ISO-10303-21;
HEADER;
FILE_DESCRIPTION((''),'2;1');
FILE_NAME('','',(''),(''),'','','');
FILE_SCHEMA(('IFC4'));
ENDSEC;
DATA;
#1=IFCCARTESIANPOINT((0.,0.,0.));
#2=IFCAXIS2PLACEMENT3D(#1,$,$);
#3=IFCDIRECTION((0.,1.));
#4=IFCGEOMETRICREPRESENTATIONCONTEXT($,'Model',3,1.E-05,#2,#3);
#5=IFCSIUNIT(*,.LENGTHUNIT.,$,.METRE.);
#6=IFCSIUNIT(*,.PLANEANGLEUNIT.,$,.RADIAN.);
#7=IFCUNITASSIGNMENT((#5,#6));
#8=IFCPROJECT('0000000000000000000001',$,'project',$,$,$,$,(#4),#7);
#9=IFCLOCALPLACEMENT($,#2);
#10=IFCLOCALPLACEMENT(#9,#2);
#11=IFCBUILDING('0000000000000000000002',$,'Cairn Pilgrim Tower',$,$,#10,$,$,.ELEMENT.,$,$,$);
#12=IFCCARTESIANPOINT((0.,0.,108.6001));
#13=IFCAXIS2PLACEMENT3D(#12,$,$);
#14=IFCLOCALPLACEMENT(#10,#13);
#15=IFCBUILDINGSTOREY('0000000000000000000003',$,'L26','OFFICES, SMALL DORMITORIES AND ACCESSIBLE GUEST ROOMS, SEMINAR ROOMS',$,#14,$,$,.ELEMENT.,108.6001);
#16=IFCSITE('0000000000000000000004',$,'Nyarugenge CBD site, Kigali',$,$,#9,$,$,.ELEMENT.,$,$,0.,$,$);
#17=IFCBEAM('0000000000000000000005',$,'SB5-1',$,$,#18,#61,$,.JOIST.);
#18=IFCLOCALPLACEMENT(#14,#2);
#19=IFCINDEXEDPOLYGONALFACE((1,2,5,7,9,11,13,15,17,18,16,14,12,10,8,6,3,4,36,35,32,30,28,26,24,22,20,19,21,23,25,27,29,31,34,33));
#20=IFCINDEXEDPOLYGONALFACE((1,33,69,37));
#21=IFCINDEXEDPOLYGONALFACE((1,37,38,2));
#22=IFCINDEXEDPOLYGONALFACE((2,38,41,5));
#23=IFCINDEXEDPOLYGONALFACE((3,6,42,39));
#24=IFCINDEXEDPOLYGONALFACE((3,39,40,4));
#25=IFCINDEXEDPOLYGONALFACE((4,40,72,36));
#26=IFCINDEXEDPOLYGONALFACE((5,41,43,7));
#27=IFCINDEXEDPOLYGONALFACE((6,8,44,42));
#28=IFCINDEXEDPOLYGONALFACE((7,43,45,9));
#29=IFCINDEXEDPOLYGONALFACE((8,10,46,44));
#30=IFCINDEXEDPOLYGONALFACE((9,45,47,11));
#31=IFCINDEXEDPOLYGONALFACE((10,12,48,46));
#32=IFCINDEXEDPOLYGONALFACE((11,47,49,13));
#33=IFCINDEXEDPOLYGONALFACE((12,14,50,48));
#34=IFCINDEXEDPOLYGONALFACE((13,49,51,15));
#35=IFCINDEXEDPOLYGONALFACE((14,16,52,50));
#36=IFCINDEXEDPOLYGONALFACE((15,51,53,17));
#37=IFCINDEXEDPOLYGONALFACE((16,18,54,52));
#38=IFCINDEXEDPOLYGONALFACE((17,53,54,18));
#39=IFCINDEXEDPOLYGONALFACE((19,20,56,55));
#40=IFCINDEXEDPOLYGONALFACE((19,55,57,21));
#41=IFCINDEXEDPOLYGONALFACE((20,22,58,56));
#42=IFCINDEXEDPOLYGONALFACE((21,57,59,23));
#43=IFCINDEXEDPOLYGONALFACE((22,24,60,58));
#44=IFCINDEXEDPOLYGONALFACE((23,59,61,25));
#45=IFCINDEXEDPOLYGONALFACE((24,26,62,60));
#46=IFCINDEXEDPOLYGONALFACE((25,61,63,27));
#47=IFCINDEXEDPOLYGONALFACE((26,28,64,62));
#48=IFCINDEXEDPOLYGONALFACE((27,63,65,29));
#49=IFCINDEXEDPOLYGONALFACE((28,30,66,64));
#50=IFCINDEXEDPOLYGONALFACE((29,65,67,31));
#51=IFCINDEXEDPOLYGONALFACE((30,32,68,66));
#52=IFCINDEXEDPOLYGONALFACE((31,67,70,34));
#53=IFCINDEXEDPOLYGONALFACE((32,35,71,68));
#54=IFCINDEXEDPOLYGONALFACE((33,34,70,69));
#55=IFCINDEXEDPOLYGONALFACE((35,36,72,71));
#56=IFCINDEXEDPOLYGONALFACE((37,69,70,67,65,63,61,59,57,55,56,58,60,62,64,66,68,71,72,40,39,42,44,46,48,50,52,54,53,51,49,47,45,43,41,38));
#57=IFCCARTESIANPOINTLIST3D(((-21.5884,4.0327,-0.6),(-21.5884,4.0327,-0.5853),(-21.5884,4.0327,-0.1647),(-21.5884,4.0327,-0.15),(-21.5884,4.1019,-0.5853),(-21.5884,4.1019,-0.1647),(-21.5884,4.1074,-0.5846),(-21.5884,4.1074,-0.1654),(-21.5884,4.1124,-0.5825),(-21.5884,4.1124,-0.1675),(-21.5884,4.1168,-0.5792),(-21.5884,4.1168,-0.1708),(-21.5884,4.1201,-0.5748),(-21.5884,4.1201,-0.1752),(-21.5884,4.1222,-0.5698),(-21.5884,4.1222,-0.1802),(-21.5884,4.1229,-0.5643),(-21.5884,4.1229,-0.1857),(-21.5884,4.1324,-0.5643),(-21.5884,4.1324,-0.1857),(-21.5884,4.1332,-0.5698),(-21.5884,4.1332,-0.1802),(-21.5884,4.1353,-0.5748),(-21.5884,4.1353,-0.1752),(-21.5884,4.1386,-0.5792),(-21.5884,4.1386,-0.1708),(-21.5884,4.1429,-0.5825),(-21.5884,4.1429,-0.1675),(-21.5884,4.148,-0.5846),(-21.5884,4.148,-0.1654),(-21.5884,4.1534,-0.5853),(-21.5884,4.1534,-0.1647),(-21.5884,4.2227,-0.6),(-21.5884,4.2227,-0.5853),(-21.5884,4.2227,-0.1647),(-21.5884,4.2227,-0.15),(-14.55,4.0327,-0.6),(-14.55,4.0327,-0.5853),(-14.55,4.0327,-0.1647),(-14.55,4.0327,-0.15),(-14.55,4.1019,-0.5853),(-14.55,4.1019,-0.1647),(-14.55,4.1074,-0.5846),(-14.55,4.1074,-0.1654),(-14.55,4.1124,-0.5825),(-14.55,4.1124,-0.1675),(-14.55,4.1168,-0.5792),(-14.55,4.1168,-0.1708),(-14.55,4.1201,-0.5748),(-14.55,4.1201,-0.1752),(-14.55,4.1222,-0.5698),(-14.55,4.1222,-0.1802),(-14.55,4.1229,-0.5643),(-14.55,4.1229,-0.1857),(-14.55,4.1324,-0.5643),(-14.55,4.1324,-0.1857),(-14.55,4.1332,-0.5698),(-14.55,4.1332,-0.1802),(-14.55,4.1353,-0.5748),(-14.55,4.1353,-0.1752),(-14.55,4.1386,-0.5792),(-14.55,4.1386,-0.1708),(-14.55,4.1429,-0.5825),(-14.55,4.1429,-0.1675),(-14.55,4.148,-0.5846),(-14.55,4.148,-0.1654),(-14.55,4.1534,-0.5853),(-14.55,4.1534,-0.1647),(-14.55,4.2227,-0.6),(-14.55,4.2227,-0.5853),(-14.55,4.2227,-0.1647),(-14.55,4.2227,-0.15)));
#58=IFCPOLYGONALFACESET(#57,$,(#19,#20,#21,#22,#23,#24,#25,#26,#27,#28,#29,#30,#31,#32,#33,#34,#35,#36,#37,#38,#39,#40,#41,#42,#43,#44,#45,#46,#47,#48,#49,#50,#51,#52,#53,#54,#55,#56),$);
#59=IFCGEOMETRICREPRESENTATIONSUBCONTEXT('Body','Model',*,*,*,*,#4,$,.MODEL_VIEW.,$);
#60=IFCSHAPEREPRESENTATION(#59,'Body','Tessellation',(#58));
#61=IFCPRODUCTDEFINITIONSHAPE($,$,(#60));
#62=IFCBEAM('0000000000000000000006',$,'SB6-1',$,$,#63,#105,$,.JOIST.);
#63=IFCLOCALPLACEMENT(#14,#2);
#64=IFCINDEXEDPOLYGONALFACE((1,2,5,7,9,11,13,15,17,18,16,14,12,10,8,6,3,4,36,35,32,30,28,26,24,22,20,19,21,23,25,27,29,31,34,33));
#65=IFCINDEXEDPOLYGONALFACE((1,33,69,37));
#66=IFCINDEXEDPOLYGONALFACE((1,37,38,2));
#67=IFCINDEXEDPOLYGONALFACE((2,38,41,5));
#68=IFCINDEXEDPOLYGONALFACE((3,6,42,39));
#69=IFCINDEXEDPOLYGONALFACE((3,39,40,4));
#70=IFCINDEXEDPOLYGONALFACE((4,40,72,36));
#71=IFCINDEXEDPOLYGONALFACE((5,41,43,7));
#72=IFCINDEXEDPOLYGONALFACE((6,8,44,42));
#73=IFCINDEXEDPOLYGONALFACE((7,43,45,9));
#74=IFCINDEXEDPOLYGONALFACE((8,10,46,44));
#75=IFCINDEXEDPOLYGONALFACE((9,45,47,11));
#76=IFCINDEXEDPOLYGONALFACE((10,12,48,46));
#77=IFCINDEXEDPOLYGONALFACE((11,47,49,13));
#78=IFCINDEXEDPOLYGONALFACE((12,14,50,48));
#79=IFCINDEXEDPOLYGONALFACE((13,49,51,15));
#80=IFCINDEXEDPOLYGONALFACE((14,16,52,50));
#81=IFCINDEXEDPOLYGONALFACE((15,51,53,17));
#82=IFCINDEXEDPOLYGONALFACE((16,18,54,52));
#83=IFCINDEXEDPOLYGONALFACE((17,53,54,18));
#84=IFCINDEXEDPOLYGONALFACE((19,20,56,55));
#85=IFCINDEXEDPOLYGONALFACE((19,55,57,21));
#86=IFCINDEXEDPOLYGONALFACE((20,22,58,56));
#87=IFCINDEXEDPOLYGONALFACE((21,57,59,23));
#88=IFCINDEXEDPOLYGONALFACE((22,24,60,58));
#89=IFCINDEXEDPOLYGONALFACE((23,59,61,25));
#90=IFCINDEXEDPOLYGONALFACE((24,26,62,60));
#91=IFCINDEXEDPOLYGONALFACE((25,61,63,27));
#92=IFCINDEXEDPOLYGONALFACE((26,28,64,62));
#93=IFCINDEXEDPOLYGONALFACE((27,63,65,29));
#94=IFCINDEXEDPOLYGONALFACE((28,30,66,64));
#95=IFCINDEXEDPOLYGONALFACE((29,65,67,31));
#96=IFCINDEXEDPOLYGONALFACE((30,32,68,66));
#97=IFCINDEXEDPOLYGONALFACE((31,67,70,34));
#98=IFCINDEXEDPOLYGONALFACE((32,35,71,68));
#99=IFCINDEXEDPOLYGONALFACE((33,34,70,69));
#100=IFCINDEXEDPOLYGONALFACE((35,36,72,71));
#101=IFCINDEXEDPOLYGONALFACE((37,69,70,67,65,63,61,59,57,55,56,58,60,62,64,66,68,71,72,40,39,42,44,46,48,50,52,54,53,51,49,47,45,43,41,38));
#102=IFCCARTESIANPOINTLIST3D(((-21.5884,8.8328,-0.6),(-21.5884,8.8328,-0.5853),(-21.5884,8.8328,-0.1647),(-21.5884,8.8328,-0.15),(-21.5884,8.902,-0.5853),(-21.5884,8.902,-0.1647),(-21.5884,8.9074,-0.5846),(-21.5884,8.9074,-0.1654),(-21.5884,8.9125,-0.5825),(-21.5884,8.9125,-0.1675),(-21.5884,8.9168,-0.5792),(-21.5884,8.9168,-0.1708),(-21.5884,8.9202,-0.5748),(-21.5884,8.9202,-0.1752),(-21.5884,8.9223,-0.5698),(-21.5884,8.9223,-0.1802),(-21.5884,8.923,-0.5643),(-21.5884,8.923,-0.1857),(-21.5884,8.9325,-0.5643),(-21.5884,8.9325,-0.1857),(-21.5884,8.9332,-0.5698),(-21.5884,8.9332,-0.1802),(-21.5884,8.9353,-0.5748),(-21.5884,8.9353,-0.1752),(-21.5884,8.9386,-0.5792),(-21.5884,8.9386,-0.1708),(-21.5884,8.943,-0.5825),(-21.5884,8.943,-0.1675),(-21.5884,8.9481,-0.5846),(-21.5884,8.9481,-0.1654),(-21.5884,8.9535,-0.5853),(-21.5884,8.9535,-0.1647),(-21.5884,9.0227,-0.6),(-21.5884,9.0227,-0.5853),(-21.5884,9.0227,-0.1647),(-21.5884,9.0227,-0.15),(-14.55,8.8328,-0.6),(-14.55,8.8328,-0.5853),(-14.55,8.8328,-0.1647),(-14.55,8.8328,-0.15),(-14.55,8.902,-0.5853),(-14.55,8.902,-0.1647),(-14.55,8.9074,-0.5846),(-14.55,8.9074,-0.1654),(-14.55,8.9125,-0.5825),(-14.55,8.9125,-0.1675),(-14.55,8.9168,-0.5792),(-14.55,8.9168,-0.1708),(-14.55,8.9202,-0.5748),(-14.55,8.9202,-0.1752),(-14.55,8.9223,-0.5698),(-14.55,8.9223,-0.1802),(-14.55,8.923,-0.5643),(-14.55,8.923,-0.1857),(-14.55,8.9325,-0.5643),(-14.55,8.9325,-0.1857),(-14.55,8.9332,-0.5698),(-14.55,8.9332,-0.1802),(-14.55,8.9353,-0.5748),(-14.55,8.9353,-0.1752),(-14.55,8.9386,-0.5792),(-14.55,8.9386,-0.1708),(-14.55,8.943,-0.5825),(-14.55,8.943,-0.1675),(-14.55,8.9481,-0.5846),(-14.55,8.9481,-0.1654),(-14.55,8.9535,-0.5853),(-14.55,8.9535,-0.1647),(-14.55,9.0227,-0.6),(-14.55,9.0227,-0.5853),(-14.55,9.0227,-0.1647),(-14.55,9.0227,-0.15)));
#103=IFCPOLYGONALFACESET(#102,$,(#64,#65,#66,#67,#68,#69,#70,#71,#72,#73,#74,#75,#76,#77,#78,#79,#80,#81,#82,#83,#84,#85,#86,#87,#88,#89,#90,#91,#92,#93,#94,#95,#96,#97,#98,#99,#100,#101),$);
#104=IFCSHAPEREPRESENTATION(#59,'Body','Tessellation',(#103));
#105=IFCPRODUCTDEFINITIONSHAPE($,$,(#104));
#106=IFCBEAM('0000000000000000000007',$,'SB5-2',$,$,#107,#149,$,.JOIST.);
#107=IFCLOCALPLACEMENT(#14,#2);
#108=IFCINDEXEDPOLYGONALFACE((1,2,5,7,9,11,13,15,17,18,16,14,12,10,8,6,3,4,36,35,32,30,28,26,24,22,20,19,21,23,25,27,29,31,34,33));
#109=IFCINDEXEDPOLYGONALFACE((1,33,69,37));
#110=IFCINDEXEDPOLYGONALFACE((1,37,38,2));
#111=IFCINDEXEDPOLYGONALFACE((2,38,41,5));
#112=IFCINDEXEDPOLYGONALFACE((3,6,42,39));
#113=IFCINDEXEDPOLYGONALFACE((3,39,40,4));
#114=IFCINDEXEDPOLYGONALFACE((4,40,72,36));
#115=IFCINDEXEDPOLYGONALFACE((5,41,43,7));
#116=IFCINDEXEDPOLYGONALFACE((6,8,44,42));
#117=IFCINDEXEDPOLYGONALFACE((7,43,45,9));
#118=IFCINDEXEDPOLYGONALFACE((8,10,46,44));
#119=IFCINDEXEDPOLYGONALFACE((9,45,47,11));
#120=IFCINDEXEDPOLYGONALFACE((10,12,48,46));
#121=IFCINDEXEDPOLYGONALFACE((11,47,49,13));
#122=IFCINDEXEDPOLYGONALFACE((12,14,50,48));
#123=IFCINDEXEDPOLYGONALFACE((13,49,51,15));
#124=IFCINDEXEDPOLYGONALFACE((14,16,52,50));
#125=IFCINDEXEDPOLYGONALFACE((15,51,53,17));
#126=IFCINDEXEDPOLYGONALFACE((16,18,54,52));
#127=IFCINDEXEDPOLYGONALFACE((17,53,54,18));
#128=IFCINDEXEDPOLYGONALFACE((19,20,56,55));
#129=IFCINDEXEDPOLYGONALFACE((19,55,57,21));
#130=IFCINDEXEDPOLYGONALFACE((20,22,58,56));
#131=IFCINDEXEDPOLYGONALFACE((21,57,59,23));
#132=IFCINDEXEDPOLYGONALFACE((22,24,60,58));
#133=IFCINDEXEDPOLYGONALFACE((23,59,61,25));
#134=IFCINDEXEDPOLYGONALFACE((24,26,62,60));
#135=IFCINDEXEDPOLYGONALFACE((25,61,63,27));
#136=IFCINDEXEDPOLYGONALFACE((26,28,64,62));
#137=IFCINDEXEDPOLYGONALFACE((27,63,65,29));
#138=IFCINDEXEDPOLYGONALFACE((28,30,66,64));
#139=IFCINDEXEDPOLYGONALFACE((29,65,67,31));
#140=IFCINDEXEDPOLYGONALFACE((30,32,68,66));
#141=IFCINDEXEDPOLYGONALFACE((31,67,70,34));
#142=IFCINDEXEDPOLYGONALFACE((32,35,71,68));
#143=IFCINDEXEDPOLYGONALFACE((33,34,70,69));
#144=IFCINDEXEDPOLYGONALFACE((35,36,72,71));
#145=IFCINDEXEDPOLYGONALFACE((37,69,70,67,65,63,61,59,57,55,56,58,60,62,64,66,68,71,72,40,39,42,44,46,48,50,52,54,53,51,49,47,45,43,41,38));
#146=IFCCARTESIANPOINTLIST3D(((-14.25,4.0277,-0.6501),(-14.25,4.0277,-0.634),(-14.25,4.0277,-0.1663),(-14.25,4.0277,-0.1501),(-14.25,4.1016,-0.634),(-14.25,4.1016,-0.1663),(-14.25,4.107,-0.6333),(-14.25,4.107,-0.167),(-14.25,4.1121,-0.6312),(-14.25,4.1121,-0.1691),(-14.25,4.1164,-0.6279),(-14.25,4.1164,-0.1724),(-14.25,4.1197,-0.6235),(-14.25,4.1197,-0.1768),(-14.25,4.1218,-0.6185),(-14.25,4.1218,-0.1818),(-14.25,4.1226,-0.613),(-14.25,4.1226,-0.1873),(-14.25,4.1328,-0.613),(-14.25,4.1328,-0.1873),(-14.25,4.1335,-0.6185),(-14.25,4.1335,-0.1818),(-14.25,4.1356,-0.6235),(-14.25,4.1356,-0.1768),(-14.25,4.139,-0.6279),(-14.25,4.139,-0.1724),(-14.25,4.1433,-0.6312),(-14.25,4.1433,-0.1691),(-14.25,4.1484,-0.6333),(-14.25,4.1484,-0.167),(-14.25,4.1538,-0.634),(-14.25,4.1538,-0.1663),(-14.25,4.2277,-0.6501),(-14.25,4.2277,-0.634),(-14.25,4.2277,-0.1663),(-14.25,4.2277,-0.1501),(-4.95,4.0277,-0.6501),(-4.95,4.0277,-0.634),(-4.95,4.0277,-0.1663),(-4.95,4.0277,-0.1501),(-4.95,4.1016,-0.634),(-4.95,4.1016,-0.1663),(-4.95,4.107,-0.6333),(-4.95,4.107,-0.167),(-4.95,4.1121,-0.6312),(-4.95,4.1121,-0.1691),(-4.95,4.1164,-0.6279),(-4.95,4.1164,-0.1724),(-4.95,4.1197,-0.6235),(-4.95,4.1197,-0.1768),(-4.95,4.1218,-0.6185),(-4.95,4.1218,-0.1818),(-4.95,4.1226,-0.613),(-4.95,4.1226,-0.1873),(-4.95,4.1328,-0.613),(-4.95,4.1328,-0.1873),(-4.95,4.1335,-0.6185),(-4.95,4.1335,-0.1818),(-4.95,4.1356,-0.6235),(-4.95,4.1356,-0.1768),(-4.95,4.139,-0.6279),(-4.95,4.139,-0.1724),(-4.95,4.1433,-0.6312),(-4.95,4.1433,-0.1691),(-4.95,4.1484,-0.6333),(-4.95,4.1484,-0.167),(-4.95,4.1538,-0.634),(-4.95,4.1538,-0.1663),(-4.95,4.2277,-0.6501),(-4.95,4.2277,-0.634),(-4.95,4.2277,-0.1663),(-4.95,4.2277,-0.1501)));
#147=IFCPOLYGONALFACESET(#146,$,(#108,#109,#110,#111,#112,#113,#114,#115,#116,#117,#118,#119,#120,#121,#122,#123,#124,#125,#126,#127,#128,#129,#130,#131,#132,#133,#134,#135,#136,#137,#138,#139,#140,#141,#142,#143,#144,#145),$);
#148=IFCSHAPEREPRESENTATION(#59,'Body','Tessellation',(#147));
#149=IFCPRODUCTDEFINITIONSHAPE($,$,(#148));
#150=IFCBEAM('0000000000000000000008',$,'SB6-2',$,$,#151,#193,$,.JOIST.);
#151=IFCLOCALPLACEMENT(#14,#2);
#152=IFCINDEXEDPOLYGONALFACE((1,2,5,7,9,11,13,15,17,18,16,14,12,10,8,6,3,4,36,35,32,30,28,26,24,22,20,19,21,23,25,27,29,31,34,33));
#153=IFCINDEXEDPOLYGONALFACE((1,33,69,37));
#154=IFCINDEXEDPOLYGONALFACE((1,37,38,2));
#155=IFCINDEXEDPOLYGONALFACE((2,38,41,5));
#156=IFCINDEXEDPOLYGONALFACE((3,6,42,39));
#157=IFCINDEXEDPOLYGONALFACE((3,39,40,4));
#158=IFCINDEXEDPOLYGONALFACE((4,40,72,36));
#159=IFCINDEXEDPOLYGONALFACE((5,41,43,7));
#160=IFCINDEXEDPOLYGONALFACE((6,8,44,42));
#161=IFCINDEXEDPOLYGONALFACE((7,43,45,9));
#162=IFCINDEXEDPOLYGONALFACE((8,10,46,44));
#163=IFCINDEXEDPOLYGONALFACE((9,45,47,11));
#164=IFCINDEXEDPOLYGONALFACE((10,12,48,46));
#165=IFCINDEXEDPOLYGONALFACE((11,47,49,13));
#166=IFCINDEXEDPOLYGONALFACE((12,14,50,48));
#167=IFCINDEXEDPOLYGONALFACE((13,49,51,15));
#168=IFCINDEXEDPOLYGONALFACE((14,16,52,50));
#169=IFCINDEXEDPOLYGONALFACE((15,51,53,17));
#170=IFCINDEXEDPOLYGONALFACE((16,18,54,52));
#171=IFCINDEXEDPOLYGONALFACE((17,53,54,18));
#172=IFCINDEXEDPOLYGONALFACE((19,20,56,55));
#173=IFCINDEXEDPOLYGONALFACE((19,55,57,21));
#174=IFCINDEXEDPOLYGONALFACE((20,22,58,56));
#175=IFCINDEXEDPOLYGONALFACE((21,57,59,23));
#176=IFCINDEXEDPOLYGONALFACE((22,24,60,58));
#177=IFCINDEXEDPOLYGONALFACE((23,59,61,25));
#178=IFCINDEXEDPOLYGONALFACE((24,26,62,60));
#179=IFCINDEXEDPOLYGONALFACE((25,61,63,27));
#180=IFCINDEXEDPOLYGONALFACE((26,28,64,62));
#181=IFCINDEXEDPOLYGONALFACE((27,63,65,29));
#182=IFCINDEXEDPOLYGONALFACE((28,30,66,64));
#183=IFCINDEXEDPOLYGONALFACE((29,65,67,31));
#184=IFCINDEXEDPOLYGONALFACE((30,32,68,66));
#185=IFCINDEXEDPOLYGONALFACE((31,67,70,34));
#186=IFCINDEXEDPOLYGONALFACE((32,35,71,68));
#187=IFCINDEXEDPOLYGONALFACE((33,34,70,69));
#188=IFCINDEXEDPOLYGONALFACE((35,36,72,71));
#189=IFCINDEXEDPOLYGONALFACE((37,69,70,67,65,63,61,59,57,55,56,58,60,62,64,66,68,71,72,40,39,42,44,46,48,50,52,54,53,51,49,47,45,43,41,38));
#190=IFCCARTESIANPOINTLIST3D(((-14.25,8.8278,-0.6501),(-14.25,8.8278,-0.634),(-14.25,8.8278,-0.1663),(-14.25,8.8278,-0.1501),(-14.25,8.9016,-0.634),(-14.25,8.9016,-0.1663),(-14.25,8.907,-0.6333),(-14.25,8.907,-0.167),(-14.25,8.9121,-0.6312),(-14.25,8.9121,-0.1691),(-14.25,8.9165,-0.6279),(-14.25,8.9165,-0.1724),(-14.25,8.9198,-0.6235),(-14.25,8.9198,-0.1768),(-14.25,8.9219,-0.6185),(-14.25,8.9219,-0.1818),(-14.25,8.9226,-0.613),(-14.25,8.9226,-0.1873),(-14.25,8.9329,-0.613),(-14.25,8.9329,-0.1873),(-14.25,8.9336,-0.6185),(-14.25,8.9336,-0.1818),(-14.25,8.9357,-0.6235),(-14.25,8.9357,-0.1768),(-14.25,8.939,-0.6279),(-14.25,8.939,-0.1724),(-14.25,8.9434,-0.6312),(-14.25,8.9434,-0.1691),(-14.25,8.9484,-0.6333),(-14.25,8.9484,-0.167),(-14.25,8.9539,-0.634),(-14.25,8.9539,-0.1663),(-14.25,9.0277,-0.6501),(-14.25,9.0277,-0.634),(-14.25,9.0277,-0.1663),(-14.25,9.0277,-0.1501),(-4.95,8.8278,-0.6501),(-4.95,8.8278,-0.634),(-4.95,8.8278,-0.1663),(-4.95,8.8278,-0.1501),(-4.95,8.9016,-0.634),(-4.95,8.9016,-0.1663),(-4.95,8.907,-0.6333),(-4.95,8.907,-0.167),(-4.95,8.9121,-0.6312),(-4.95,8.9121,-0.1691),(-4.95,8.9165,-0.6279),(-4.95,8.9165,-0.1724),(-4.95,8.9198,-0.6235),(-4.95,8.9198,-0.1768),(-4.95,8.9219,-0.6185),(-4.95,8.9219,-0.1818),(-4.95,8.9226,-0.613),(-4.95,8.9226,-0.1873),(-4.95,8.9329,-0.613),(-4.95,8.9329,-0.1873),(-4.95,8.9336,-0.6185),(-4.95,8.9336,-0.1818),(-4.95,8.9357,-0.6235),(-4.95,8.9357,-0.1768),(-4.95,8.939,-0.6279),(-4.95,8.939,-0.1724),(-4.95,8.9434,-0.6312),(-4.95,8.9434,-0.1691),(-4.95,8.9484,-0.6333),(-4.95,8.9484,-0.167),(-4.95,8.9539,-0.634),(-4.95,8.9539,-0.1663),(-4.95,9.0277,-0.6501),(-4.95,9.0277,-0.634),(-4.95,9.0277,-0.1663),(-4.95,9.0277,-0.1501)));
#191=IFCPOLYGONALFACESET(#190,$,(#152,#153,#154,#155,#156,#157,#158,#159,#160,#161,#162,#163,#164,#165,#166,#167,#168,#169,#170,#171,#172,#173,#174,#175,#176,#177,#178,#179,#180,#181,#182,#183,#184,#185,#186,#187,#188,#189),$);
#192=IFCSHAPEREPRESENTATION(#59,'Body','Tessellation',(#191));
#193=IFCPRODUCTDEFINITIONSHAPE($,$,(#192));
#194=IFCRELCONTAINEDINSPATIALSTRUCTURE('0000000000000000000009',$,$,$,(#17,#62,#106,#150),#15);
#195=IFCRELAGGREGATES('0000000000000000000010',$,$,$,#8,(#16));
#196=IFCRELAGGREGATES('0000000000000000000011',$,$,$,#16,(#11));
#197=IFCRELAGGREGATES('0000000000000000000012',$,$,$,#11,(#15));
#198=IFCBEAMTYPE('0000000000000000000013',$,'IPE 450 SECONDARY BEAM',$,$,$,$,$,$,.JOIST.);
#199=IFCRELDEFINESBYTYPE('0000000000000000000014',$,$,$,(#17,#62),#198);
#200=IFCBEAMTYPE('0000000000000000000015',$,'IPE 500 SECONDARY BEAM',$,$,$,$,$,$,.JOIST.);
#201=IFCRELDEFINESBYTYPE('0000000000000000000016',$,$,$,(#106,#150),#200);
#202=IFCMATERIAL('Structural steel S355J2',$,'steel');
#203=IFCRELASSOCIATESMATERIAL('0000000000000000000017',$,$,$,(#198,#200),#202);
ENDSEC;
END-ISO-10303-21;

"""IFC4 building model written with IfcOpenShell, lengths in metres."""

from ifc_helpers import new_model, si_unit, direction, frame, origin, origin_2d, place, context, subcontext, project, spatial, i_section, extrude, material, material_profile, profile_set, type_object, element, save


model = new_model("IFC4")

# Units and contexts
model_context = context("Model", 3, precision=1e-05, world=origin(), true_north=direction((0.0, 1.0)))
body_context = subcontext(model_context, "Body", "Model", "MODEL_VIEW")
ifc_project = project(units=[si_unit("LENGTHUNIT", "METRE"), si_unit("PLANEANGLEUNIT", "RADIAN")], contexts=[model_context])

# Site, building, storey
site_placement = place(None, origin())
site = spatial("IfcSite", under=ifc_project, at=site_placement, Name="Nyarugenge CBD site, Kigali", CompositionType="ELEMENT", RefElevation=0.0)
building_placement = place(site_placement, origin())
building = spatial("IfcBuilding", under=site, at=building_placement, Name="Cairn Pilgrim Tower", CompositionType="ELEMENT")
storey_placement = place(building_placement, frame((0.0, 0.0, 108.6001)))
storey = spatial("IfcBuildingStorey", under=building, at=storey_placement, Name="L26", Description="OFFICES, SMALL DORMITORIES AND ACCESSIBLE GUEST ROOMS, SEMINAR ROOMS", CompositionType="ELEMENT", Elevation=108.6001)

# Shared definitions
ifc_material_1 = material(Name="Structural steel S355J2", Category="steel")

# Beams
ifc_material_profile_1 = material_profile(ifc_material_1, i_section(OverallWidth=0.1899, OverallDepth=0.45, WebThickness=0.0095, FlangeThickness=0.0146, FilletRadius=0.021, at=origin_2d()), Name="IPE 450")
ifc_profile_set_1 = profile_set([ifc_material_profile_1], Name="Structural steel S355J2")
beam_type_1 = type_object("IfcBeamType", Name="IPE 450 SECONDARY BEAM", PredefinedType="JOIST", material=ifc_profile_set_1)
for number, where, z_axis, x_axis, name in (
    (1, (-21.5884, 4.1277, -0.375), (1.0, 0.0, 0.0), (0.0, 1.0, 0.0), "SB5-1"),
    (2, (-21.5884, 8.9277, -0.375), (1.0, 0.0, 0.0), (0.0, 1.0, 0.0), "SB6-1"),
):
    element("IfcBeam", number, at=place(storey_placement, frame(where, z_axis=z_axis, x_axis=x_axis)), inside=storey, type_object=beam_type_1, Name=name, PredefinedType="JOIST", context=body_context, shape_type="SweptSolid", body=[
        extrude(i_section(OverallWidth=0.1899, OverallDepth=0.45, WebThickness=0.0095, FlangeThickness=0.0146, FilletRadius=0.021, at=origin_2d()), origin(), (0.0, 0.0, 1.0), 7.0383),
    ])
ifc_material_profile_2 = material_profile(ifc_material_1, i_section(OverallWidth=0.2, OverallDepth=0.5, WebThickness=0.0103, FlangeThickness=0.0161, FilletRadius=0.021, at=origin_2d()), Name="IPE 500")
ifc_profile_set_2 = profile_set([ifc_material_profile_2], Name="Structural steel S355J2")
beam_type_2 = type_object("IfcBeamType", Name="IPE 500 SECONDARY BEAM", PredefinedType="JOIST", material=ifc_profile_set_2)
for number, where, z_axis, x_axis, name in (
    (3, (-14.25, 4.1277, -0.4001), (1.0, 0.0, 0.0), (0.0, 1.0, 0.0), "SB5-2"),
    (4, (-14.25, 8.9277, -0.4001), (1.0, 0.0, 0.0), (0.0, 1.0, 0.0), "SB6-2"),
):
    element("IfcBeam", number, at=place(storey_placement, frame(where, z_axis=z_axis, x_axis=x_axis)), inside=storey, type_object=beam_type_2, Name=name, PredefinedType="JOIST", context=body_context, shape_type="SweptSolid", body=[
        extrude(i_section(OverallWidth=0.2, OverallDepth=0.5, WebThickness=0.0103, FlangeThickness=0.0161, FilletRadius=0.021, at=origin_2d()), origin(), (0.0, 0.0, 1.0), 9.3),
    ])

save(model, "model.ifc")
